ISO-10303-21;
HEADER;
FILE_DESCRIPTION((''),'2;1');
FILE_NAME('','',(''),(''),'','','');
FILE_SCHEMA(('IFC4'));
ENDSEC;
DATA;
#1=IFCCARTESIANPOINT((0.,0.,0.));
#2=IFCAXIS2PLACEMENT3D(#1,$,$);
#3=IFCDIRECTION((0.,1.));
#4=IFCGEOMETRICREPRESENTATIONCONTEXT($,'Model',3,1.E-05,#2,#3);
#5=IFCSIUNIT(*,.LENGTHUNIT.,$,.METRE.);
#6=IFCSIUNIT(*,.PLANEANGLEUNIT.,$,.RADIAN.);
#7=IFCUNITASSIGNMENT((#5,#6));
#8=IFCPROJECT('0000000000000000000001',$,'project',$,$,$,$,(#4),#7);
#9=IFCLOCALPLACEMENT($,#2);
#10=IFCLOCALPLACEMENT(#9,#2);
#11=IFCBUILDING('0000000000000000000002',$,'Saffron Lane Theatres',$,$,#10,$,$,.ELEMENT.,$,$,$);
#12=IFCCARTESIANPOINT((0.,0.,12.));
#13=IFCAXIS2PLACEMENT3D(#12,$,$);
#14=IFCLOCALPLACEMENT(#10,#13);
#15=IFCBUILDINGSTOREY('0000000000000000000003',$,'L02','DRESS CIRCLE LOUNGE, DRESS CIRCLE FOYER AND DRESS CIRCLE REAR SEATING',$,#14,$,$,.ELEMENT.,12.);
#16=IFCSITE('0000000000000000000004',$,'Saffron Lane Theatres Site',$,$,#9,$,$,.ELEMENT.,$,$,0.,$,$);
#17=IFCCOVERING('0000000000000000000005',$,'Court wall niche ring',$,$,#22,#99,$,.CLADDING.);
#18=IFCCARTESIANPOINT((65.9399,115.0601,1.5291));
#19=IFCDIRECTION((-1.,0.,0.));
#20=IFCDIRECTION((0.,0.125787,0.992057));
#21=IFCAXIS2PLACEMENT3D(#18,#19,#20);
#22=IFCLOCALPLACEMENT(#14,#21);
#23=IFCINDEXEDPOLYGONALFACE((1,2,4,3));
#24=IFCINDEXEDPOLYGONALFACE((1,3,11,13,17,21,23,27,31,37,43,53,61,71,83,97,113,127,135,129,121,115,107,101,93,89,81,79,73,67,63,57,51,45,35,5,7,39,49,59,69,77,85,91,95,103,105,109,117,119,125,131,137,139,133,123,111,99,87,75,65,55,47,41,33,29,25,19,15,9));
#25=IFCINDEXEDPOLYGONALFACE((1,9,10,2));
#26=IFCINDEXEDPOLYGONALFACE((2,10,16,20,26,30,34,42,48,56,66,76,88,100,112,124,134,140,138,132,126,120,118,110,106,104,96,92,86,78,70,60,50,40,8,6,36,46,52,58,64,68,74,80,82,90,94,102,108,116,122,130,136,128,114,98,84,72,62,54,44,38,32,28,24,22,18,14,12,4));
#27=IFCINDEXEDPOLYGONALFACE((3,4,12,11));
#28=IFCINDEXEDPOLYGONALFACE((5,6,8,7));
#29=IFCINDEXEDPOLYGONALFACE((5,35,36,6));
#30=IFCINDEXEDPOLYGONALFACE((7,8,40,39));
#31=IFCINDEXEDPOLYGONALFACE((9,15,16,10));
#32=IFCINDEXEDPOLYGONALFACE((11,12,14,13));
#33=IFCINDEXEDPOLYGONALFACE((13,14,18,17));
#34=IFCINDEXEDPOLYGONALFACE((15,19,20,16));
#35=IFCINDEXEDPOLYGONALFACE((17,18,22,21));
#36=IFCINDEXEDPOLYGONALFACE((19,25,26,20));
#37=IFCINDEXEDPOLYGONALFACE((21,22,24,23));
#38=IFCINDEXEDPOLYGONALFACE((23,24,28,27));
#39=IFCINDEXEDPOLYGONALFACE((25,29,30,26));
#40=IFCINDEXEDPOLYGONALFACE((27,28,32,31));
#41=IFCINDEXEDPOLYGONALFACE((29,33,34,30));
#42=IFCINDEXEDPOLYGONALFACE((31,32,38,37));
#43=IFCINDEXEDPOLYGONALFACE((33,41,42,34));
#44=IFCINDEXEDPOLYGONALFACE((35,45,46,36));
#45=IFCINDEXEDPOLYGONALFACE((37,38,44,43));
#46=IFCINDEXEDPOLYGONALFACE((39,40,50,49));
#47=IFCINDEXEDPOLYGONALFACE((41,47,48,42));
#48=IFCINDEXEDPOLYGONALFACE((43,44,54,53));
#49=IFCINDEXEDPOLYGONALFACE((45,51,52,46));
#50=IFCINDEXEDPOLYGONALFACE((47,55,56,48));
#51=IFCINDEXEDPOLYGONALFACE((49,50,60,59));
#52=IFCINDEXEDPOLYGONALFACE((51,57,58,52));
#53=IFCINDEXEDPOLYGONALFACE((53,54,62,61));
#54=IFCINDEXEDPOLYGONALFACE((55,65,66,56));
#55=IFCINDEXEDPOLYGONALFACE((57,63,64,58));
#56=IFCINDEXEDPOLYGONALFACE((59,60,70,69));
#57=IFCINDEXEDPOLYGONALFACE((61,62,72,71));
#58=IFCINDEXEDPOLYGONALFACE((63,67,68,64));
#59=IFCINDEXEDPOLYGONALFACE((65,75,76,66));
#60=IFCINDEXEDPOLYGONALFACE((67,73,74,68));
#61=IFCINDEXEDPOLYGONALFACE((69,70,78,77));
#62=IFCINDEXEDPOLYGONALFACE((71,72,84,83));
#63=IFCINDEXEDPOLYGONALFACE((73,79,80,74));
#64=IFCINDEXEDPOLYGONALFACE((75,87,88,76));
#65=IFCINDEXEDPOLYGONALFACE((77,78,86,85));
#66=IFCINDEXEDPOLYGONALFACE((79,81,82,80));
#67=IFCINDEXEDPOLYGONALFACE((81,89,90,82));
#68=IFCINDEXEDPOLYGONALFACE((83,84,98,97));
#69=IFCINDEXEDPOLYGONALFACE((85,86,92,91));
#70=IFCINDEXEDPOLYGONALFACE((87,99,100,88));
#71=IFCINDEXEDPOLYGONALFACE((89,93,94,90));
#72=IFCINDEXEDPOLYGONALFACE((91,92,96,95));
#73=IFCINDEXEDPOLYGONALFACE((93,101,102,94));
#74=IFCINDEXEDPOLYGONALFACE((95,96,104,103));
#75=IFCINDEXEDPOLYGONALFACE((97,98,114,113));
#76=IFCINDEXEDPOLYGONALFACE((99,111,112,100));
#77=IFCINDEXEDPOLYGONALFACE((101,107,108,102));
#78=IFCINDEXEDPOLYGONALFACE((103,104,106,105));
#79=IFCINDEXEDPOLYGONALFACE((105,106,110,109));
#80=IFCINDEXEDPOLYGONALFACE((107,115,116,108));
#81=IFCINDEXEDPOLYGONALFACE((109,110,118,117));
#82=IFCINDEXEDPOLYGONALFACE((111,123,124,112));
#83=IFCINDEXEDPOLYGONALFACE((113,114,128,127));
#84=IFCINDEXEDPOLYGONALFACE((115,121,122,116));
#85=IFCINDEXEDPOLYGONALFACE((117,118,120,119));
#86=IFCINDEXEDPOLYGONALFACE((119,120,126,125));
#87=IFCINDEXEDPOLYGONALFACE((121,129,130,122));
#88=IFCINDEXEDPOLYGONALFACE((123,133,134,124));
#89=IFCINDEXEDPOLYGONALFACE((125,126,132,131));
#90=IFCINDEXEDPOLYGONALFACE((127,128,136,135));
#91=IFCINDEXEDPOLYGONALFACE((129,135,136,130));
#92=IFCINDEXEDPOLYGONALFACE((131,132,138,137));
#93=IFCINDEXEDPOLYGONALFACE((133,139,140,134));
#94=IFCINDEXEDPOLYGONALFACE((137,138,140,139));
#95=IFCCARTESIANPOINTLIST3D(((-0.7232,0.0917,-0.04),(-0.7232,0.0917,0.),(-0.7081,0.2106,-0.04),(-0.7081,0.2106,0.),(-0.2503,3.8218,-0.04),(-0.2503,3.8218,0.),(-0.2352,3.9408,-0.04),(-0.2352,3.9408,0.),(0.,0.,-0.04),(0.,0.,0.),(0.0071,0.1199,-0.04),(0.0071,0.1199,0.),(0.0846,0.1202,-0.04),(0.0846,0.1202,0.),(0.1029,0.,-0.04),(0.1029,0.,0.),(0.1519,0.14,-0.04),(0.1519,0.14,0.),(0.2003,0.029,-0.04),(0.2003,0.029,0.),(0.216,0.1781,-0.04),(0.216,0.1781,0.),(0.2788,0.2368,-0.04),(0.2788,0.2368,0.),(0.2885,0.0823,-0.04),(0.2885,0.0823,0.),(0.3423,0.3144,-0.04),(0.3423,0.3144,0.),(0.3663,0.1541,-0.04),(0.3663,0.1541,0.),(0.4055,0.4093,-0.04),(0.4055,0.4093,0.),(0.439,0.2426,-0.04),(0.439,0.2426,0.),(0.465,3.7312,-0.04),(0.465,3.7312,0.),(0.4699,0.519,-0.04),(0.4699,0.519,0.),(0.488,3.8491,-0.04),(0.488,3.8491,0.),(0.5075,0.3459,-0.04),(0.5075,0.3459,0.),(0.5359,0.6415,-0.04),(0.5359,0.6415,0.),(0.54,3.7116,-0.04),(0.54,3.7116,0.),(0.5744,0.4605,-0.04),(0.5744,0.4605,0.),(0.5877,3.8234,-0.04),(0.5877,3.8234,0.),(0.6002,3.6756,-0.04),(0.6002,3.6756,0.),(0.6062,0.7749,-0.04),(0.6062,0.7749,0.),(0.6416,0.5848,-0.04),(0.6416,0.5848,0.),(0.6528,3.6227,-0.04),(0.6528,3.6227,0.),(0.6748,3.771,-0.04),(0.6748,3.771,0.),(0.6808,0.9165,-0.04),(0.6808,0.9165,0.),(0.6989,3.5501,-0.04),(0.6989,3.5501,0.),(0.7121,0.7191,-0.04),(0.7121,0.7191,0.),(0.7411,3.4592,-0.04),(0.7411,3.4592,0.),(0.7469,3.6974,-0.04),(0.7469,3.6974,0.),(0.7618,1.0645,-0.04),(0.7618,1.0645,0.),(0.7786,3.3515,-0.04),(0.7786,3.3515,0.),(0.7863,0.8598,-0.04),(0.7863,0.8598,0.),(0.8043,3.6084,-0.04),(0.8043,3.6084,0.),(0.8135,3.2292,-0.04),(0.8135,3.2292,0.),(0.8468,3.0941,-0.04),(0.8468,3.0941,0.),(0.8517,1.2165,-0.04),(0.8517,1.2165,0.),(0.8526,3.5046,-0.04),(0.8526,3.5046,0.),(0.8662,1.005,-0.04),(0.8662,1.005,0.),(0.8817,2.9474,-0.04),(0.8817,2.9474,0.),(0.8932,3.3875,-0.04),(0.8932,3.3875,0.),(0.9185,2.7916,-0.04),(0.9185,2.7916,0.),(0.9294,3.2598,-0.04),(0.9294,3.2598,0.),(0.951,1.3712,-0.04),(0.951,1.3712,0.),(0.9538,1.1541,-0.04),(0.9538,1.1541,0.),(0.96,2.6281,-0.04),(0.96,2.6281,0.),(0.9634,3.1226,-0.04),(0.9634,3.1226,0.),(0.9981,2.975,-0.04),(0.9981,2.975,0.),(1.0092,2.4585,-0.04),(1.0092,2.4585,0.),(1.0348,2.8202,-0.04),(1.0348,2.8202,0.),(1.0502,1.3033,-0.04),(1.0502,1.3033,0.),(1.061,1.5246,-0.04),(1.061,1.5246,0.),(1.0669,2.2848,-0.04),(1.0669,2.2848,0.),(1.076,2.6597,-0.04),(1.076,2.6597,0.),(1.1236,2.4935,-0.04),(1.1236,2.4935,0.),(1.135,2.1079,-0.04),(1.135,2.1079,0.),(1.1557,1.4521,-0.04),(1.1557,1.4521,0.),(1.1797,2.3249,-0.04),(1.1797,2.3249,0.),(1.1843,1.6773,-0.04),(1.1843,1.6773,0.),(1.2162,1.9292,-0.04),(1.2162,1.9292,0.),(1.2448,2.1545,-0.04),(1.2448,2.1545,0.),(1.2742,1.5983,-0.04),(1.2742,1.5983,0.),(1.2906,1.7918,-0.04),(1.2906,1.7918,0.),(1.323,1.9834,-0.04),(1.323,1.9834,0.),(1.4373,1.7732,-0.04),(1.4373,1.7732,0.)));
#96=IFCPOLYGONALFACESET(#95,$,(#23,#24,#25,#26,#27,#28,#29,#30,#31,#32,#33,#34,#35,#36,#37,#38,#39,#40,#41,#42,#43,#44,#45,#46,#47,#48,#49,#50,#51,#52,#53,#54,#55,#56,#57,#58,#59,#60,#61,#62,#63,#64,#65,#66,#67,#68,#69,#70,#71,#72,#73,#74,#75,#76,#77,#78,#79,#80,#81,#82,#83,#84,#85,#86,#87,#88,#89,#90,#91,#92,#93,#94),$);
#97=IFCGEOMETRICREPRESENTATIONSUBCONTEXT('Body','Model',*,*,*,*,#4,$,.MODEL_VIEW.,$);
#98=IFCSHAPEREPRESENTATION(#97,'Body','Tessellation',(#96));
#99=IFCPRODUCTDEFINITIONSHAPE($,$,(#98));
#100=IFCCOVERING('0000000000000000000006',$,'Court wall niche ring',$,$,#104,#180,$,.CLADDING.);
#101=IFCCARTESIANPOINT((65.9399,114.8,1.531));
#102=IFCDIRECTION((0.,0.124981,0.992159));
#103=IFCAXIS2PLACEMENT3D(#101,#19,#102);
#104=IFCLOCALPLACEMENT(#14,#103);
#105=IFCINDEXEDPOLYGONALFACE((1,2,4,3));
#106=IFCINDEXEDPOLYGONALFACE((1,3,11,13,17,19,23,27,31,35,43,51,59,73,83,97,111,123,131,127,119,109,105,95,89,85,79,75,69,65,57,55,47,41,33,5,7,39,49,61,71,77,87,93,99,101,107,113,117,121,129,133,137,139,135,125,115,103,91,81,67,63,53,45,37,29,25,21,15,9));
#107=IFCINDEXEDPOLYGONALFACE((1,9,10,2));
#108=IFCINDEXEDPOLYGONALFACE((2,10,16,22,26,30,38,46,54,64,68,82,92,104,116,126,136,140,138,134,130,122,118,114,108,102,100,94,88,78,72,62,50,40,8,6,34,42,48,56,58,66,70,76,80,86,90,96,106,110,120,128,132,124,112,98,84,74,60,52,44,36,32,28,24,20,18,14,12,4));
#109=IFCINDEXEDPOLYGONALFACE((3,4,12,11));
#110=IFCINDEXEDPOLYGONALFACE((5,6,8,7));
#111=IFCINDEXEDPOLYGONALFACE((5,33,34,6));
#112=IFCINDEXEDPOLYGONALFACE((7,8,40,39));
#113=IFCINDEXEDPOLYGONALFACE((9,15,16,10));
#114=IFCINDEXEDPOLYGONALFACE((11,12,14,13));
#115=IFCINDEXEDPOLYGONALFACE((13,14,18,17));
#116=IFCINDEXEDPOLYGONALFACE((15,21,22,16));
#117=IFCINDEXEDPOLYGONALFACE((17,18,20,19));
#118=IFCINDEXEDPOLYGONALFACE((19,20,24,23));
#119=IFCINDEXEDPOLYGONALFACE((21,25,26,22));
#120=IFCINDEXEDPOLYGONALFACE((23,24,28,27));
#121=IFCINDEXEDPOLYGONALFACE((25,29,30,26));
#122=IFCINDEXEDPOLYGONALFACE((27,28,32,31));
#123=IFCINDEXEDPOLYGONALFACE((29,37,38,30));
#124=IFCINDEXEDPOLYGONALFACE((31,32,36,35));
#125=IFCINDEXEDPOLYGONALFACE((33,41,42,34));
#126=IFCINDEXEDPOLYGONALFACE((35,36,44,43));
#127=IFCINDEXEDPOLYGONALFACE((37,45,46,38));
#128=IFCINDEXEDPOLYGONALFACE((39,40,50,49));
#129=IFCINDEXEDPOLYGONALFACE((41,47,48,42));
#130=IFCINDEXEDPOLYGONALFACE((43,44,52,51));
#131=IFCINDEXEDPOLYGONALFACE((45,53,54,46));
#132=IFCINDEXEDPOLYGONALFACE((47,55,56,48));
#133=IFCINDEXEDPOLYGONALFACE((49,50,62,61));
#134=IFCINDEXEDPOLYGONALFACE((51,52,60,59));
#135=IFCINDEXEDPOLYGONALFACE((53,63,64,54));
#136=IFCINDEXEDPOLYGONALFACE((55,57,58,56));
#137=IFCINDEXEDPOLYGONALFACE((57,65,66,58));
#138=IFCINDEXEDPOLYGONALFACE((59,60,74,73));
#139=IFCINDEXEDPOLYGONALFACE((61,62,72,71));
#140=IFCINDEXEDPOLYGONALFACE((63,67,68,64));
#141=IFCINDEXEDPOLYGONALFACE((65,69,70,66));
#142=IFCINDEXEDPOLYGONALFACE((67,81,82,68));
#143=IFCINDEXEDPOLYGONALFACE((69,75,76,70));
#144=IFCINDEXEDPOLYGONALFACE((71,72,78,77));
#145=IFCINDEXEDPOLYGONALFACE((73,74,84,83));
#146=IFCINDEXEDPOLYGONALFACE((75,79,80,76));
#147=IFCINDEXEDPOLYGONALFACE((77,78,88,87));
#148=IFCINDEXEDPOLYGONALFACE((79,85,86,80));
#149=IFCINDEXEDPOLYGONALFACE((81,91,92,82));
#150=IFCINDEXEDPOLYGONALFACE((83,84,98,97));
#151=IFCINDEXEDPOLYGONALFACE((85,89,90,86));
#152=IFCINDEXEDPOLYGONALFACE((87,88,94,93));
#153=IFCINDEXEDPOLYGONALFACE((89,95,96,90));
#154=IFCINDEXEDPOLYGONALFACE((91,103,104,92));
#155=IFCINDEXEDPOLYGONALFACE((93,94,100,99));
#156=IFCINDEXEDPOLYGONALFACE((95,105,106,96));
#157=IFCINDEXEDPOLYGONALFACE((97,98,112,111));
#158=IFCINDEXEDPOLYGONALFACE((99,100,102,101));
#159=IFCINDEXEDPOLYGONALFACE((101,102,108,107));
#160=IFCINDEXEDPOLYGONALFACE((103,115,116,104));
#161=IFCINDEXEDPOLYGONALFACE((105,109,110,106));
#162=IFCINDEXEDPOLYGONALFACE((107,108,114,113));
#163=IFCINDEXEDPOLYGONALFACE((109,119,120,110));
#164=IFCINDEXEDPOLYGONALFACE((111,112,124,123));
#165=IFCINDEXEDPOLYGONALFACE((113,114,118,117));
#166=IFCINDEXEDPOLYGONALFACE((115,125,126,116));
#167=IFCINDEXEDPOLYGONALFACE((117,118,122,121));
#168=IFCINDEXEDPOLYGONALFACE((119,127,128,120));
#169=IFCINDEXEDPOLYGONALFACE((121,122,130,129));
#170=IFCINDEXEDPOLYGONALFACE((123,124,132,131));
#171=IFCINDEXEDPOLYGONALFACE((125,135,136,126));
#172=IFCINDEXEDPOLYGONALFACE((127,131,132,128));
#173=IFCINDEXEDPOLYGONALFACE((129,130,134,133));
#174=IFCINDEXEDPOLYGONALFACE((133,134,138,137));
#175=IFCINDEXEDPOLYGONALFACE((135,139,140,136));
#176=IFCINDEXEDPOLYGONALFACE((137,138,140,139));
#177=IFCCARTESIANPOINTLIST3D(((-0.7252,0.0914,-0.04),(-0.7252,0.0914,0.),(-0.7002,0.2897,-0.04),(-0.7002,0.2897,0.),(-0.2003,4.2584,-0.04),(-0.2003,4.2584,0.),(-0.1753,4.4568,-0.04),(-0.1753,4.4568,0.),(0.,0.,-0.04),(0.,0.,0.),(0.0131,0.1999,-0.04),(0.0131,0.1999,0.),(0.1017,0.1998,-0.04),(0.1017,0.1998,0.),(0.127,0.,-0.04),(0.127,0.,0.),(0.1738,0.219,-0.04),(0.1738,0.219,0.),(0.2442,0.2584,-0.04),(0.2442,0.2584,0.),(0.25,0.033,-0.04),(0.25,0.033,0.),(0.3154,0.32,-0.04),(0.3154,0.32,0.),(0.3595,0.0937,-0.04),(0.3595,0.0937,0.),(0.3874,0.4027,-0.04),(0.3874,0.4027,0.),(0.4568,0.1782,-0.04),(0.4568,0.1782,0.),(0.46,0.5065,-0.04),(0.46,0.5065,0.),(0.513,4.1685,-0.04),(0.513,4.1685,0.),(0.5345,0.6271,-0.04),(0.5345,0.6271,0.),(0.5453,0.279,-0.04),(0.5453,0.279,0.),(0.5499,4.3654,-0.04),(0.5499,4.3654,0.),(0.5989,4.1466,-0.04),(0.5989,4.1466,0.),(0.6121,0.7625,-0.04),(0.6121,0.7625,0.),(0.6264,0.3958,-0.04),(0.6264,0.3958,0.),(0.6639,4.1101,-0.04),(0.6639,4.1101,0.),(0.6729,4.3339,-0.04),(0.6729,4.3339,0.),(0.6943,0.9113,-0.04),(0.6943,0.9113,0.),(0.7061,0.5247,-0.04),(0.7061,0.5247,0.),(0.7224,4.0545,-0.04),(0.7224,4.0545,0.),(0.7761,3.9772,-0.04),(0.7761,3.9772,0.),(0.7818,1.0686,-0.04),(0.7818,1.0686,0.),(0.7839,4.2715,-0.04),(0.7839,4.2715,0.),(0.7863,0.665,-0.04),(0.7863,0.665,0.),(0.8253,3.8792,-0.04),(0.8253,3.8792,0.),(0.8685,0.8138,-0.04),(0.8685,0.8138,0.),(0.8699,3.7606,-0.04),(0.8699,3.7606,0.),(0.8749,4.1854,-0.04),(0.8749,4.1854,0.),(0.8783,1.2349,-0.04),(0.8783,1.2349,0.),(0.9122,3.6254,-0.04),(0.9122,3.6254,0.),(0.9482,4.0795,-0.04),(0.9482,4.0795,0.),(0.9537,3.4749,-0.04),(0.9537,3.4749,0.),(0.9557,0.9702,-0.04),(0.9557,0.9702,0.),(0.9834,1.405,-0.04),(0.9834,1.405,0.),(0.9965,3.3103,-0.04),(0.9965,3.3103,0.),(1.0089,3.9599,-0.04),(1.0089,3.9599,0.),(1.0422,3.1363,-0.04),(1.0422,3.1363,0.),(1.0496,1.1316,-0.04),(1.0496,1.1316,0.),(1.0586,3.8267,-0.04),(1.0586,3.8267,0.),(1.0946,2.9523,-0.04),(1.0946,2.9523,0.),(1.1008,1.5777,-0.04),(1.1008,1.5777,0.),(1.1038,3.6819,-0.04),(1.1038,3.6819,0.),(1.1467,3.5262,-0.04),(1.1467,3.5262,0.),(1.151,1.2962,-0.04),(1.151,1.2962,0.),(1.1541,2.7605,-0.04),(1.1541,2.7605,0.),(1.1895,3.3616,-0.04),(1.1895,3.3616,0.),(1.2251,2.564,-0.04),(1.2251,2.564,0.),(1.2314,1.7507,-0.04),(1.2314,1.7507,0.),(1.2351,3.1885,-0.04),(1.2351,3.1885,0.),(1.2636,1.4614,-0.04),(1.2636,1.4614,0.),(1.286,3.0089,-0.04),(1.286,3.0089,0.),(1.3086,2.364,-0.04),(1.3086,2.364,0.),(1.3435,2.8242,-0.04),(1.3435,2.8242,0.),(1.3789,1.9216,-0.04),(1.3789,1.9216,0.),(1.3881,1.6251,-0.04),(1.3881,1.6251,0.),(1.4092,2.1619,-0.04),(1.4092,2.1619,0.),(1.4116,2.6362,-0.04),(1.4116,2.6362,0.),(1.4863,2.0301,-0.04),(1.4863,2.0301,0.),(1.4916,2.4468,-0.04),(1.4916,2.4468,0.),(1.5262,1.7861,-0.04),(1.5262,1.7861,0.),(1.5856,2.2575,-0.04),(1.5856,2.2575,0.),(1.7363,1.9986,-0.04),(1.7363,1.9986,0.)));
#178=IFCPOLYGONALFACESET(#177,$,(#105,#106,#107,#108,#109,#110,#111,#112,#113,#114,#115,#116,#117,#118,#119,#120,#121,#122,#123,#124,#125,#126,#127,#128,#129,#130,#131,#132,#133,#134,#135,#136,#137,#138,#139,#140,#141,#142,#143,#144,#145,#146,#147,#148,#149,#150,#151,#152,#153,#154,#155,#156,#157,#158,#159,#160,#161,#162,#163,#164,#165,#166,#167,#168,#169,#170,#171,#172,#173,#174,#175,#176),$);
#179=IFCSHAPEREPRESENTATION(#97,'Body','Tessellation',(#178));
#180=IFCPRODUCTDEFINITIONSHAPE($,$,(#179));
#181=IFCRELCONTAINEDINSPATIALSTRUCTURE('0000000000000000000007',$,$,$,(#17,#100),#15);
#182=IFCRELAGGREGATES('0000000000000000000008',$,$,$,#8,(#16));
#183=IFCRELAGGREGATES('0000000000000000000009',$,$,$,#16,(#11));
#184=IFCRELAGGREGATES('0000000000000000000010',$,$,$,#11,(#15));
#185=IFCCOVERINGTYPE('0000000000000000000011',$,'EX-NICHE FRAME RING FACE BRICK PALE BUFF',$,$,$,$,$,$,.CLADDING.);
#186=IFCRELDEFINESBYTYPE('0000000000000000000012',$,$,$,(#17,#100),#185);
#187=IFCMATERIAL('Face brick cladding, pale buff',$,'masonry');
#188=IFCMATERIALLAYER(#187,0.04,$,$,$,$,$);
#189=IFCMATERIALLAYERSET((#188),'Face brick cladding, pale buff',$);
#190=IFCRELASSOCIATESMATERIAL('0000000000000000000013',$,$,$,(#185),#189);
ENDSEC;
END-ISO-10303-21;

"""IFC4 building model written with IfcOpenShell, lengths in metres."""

from ifc_helpers import new_model, si_unit, direction, frame, origin, place, context, subcontext, project, spatial, polyline, outline, extrude, material, layer, layer_set, type_object, element, save


model = new_model("IFC4")

# Units and contexts
model_context = context("Model", 3, precision=1e-05, world=origin(), true_north=direction((0.0, 1.0)))
body_context = subcontext(model_context, "Body", "Model", "MODEL_VIEW")
ifc_project = project(units=[si_unit("LENGTHUNIT", "METRE"), si_unit("PLANEANGLEUNIT", "RADIAN")], contexts=[model_context])

# Site, building, storey
site_placement = place(None, origin())
site = spatial("IfcSite", under=ifc_project, at=site_placement, Name="Saffron Lane Theatres Site", CompositionType="ELEMENT", RefElevation=0.0)
building_placement = place(site_placement, origin())
building = spatial("IfcBuilding", under=site, at=building_placement, Name="Saffron Lane Theatres", CompositionType="ELEMENT")
storey_placement = place(building_placement, frame((0.0, 0.0, 12.0)))
storey = spatial("IfcBuildingStorey", under=building, at=storey_placement, Name="L02", Description="DRESS CIRCLE LOUNGE, DRESS CIRCLE FOYER AND DRESS CIRCLE REAR SEATING", CompositionType="ELEMENT", Elevation=12.0)

# Coverings
ifc_material_1 = material(Name="Face brick cladding, pale buff", Category="masonry")
ifc_layer_1 = layer(ifc_material_1, 0.04)
ifc_layer_set_1 = layer_set([ifc_layer_1], Name="Face brick cladding, pale buff")
covering_type_1 = type_object("IfcCoveringType", Name="EX-NICHE FRAME RING FACE BRICK PALE BUFF", PredefinedType="CLADDING", material=ifc_layer_set_1)
covering_1_placement = place(storey_placement, frame((65.9399, 115.0601, 1.5291), z_axis=(-1.0, 0.0, 0.0), x_axis=(0.0, 0.125787, 0.992057)))
element("IfcCovering", 1, at=covering_1_placement, inside=storey, type_object=covering_type_1, Name="Court wall niche ring", PredefinedType="CLADDING", context=body_context, shape_type="SweptSolid", body=[
    extrude(outline(polyline([(0.0, 0.0), (0.1029, 0.0), (0.2003, 0.029), (0.2885, 0.0823), (0.3663, 0.1541), (0.439, 0.2426), (0.5075, 0.3459), (0.5744, 0.4605), (0.6416, 0.5848), (0.7121, 0.7191), (0.7863, 0.8598), (0.8662, 1.005), (0.9538, 1.1541), (1.0502, 1.3033), (1.1557, 1.4521), (1.2742, 1.5983), (1.4373, 1.7732), (1.323, 1.9834), (1.2448, 2.1545), (1.1797, 2.3249), (1.1236, 2.4935), (1.076, 2.6597), (1.0348, 2.8202), (0.9981, 2.975), (0.9634, 3.1226), (0.9294, 3.2598), (0.8932, 3.3875), (0.8526, 3.5046), (0.8043, 3.6084), (0.7469, 3.6974), (0.6748, 3.771), (0.5877, 3.8234), (0.488, 3.8491), (-0.2352, 3.9408), (-0.2503, 3.8218), (0.465, 3.7312), (0.54, 3.7116), (0.6002, 3.6756), (0.6528, 3.6227), (0.6989, 3.5501), (0.7411, 3.4592), (0.7786, 3.3515), (0.8135, 3.2292), (0.8468, 3.0941), (0.8817, 2.9474), (0.9185, 2.7916), (0.96, 2.6281), (1.0092, 2.4585), (1.0669, 2.2848), (1.135, 2.1079), (1.2162, 1.9292), (1.2906, 1.7918), (1.1843, 1.6773), (1.061, 1.5246), (0.951, 1.3712), (0.8517, 1.2165), (0.7618, 1.0645), (0.6808, 0.9165), (0.6062, 0.7749), (0.5359, 0.6415), (0.4699, 0.519), (0.4055, 0.4093), (0.3423, 0.3144), (0.2788, 0.2368), (0.216, 0.1781), (0.1519, 0.14), (0.0846, 0.1202), (0.0071, 0.1199), (-0.7081, 0.2106), (-0.7232, 0.0917), (0.0, 0.0)])), origin(), (0.0, 0.0, -1.0), 0.04),
])
covering_2_placement = place(storey_placement, frame((65.9399, 114.8, 1.531), z_axis=(-1.0, 0.0, 0.0), x_axis=(0.0, 0.124981, 0.992159)))
element("IfcCovering", 2, at=covering_2_placement, inside=storey, type_object=covering_type_1, Name="Court wall niche ring", PredefinedType="CLADDING", context=body_context, shape_type="SweptSolid", body=[
    extrude(outline(polyline([(0.0, 0.0), (0.127, 0.0), (0.25, 0.033), (0.3595, 0.0937), (0.4568, 0.1782), (0.5453, 0.279), (0.6264, 0.3958), (0.7061, 0.5247), (0.7863, 0.665), (0.8685, 0.8138), (0.9557, 0.9702), (1.0496, 1.1316), (1.151, 1.2962), (1.2636, 1.4614), (1.3881, 1.6251), (1.5262, 1.7861), (1.7363, 1.9986), (1.5856, 2.2575), (1.4916, 2.4468), (1.4116, 2.6362), (1.3435, 2.8242), (1.286, 3.0089), (1.2351, 3.1885), (1.1895, 3.3616), (1.1467, 3.5262), (1.1038, 3.6819), (1.0586, 3.8267), (1.0089, 3.9599), (0.9482, 4.0795), (0.8749, 4.1854), (0.7839, 4.2715), (0.6729, 4.3339), (0.5499, 4.3654), (-0.1753, 4.4568), (-0.2003, 4.2584), (0.513, 4.1685), (0.5989, 4.1466), (0.6639, 4.1101), (0.7224, 4.0545), (0.7761, 3.9772), (0.8253, 3.8792), (0.8699, 3.7606), (0.9122, 3.6254), (0.9537, 3.4749), (0.9965, 3.3103), (1.0422, 3.1363), (1.0946, 2.9523), (1.1541, 2.7605), (1.2251, 2.564), (1.3086, 2.364), (1.4092, 2.1619), (1.4863, 2.0301), (1.3789, 1.9216), (1.2314, 1.7507), (1.1008, 1.5777), (0.9834, 1.405), (0.8783, 1.2349), (0.7818, 1.0686), (0.6943, 0.9113), (0.6121, 0.7625), (0.5345, 0.6271), (0.46, 0.5065), (0.3874, 0.4027), (0.3154, 0.32), (0.2442, 0.2584), (0.1738, 0.219), (0.1017, 0.1998), (0.0131, 0.1999), (-0.7002, 0.2897), (-0.7252, 0.0914), (0.0, 0.0)])), origin(), (0.0, 0.0, -1.0), 0.04),
])

save(model, "model.ifc")
